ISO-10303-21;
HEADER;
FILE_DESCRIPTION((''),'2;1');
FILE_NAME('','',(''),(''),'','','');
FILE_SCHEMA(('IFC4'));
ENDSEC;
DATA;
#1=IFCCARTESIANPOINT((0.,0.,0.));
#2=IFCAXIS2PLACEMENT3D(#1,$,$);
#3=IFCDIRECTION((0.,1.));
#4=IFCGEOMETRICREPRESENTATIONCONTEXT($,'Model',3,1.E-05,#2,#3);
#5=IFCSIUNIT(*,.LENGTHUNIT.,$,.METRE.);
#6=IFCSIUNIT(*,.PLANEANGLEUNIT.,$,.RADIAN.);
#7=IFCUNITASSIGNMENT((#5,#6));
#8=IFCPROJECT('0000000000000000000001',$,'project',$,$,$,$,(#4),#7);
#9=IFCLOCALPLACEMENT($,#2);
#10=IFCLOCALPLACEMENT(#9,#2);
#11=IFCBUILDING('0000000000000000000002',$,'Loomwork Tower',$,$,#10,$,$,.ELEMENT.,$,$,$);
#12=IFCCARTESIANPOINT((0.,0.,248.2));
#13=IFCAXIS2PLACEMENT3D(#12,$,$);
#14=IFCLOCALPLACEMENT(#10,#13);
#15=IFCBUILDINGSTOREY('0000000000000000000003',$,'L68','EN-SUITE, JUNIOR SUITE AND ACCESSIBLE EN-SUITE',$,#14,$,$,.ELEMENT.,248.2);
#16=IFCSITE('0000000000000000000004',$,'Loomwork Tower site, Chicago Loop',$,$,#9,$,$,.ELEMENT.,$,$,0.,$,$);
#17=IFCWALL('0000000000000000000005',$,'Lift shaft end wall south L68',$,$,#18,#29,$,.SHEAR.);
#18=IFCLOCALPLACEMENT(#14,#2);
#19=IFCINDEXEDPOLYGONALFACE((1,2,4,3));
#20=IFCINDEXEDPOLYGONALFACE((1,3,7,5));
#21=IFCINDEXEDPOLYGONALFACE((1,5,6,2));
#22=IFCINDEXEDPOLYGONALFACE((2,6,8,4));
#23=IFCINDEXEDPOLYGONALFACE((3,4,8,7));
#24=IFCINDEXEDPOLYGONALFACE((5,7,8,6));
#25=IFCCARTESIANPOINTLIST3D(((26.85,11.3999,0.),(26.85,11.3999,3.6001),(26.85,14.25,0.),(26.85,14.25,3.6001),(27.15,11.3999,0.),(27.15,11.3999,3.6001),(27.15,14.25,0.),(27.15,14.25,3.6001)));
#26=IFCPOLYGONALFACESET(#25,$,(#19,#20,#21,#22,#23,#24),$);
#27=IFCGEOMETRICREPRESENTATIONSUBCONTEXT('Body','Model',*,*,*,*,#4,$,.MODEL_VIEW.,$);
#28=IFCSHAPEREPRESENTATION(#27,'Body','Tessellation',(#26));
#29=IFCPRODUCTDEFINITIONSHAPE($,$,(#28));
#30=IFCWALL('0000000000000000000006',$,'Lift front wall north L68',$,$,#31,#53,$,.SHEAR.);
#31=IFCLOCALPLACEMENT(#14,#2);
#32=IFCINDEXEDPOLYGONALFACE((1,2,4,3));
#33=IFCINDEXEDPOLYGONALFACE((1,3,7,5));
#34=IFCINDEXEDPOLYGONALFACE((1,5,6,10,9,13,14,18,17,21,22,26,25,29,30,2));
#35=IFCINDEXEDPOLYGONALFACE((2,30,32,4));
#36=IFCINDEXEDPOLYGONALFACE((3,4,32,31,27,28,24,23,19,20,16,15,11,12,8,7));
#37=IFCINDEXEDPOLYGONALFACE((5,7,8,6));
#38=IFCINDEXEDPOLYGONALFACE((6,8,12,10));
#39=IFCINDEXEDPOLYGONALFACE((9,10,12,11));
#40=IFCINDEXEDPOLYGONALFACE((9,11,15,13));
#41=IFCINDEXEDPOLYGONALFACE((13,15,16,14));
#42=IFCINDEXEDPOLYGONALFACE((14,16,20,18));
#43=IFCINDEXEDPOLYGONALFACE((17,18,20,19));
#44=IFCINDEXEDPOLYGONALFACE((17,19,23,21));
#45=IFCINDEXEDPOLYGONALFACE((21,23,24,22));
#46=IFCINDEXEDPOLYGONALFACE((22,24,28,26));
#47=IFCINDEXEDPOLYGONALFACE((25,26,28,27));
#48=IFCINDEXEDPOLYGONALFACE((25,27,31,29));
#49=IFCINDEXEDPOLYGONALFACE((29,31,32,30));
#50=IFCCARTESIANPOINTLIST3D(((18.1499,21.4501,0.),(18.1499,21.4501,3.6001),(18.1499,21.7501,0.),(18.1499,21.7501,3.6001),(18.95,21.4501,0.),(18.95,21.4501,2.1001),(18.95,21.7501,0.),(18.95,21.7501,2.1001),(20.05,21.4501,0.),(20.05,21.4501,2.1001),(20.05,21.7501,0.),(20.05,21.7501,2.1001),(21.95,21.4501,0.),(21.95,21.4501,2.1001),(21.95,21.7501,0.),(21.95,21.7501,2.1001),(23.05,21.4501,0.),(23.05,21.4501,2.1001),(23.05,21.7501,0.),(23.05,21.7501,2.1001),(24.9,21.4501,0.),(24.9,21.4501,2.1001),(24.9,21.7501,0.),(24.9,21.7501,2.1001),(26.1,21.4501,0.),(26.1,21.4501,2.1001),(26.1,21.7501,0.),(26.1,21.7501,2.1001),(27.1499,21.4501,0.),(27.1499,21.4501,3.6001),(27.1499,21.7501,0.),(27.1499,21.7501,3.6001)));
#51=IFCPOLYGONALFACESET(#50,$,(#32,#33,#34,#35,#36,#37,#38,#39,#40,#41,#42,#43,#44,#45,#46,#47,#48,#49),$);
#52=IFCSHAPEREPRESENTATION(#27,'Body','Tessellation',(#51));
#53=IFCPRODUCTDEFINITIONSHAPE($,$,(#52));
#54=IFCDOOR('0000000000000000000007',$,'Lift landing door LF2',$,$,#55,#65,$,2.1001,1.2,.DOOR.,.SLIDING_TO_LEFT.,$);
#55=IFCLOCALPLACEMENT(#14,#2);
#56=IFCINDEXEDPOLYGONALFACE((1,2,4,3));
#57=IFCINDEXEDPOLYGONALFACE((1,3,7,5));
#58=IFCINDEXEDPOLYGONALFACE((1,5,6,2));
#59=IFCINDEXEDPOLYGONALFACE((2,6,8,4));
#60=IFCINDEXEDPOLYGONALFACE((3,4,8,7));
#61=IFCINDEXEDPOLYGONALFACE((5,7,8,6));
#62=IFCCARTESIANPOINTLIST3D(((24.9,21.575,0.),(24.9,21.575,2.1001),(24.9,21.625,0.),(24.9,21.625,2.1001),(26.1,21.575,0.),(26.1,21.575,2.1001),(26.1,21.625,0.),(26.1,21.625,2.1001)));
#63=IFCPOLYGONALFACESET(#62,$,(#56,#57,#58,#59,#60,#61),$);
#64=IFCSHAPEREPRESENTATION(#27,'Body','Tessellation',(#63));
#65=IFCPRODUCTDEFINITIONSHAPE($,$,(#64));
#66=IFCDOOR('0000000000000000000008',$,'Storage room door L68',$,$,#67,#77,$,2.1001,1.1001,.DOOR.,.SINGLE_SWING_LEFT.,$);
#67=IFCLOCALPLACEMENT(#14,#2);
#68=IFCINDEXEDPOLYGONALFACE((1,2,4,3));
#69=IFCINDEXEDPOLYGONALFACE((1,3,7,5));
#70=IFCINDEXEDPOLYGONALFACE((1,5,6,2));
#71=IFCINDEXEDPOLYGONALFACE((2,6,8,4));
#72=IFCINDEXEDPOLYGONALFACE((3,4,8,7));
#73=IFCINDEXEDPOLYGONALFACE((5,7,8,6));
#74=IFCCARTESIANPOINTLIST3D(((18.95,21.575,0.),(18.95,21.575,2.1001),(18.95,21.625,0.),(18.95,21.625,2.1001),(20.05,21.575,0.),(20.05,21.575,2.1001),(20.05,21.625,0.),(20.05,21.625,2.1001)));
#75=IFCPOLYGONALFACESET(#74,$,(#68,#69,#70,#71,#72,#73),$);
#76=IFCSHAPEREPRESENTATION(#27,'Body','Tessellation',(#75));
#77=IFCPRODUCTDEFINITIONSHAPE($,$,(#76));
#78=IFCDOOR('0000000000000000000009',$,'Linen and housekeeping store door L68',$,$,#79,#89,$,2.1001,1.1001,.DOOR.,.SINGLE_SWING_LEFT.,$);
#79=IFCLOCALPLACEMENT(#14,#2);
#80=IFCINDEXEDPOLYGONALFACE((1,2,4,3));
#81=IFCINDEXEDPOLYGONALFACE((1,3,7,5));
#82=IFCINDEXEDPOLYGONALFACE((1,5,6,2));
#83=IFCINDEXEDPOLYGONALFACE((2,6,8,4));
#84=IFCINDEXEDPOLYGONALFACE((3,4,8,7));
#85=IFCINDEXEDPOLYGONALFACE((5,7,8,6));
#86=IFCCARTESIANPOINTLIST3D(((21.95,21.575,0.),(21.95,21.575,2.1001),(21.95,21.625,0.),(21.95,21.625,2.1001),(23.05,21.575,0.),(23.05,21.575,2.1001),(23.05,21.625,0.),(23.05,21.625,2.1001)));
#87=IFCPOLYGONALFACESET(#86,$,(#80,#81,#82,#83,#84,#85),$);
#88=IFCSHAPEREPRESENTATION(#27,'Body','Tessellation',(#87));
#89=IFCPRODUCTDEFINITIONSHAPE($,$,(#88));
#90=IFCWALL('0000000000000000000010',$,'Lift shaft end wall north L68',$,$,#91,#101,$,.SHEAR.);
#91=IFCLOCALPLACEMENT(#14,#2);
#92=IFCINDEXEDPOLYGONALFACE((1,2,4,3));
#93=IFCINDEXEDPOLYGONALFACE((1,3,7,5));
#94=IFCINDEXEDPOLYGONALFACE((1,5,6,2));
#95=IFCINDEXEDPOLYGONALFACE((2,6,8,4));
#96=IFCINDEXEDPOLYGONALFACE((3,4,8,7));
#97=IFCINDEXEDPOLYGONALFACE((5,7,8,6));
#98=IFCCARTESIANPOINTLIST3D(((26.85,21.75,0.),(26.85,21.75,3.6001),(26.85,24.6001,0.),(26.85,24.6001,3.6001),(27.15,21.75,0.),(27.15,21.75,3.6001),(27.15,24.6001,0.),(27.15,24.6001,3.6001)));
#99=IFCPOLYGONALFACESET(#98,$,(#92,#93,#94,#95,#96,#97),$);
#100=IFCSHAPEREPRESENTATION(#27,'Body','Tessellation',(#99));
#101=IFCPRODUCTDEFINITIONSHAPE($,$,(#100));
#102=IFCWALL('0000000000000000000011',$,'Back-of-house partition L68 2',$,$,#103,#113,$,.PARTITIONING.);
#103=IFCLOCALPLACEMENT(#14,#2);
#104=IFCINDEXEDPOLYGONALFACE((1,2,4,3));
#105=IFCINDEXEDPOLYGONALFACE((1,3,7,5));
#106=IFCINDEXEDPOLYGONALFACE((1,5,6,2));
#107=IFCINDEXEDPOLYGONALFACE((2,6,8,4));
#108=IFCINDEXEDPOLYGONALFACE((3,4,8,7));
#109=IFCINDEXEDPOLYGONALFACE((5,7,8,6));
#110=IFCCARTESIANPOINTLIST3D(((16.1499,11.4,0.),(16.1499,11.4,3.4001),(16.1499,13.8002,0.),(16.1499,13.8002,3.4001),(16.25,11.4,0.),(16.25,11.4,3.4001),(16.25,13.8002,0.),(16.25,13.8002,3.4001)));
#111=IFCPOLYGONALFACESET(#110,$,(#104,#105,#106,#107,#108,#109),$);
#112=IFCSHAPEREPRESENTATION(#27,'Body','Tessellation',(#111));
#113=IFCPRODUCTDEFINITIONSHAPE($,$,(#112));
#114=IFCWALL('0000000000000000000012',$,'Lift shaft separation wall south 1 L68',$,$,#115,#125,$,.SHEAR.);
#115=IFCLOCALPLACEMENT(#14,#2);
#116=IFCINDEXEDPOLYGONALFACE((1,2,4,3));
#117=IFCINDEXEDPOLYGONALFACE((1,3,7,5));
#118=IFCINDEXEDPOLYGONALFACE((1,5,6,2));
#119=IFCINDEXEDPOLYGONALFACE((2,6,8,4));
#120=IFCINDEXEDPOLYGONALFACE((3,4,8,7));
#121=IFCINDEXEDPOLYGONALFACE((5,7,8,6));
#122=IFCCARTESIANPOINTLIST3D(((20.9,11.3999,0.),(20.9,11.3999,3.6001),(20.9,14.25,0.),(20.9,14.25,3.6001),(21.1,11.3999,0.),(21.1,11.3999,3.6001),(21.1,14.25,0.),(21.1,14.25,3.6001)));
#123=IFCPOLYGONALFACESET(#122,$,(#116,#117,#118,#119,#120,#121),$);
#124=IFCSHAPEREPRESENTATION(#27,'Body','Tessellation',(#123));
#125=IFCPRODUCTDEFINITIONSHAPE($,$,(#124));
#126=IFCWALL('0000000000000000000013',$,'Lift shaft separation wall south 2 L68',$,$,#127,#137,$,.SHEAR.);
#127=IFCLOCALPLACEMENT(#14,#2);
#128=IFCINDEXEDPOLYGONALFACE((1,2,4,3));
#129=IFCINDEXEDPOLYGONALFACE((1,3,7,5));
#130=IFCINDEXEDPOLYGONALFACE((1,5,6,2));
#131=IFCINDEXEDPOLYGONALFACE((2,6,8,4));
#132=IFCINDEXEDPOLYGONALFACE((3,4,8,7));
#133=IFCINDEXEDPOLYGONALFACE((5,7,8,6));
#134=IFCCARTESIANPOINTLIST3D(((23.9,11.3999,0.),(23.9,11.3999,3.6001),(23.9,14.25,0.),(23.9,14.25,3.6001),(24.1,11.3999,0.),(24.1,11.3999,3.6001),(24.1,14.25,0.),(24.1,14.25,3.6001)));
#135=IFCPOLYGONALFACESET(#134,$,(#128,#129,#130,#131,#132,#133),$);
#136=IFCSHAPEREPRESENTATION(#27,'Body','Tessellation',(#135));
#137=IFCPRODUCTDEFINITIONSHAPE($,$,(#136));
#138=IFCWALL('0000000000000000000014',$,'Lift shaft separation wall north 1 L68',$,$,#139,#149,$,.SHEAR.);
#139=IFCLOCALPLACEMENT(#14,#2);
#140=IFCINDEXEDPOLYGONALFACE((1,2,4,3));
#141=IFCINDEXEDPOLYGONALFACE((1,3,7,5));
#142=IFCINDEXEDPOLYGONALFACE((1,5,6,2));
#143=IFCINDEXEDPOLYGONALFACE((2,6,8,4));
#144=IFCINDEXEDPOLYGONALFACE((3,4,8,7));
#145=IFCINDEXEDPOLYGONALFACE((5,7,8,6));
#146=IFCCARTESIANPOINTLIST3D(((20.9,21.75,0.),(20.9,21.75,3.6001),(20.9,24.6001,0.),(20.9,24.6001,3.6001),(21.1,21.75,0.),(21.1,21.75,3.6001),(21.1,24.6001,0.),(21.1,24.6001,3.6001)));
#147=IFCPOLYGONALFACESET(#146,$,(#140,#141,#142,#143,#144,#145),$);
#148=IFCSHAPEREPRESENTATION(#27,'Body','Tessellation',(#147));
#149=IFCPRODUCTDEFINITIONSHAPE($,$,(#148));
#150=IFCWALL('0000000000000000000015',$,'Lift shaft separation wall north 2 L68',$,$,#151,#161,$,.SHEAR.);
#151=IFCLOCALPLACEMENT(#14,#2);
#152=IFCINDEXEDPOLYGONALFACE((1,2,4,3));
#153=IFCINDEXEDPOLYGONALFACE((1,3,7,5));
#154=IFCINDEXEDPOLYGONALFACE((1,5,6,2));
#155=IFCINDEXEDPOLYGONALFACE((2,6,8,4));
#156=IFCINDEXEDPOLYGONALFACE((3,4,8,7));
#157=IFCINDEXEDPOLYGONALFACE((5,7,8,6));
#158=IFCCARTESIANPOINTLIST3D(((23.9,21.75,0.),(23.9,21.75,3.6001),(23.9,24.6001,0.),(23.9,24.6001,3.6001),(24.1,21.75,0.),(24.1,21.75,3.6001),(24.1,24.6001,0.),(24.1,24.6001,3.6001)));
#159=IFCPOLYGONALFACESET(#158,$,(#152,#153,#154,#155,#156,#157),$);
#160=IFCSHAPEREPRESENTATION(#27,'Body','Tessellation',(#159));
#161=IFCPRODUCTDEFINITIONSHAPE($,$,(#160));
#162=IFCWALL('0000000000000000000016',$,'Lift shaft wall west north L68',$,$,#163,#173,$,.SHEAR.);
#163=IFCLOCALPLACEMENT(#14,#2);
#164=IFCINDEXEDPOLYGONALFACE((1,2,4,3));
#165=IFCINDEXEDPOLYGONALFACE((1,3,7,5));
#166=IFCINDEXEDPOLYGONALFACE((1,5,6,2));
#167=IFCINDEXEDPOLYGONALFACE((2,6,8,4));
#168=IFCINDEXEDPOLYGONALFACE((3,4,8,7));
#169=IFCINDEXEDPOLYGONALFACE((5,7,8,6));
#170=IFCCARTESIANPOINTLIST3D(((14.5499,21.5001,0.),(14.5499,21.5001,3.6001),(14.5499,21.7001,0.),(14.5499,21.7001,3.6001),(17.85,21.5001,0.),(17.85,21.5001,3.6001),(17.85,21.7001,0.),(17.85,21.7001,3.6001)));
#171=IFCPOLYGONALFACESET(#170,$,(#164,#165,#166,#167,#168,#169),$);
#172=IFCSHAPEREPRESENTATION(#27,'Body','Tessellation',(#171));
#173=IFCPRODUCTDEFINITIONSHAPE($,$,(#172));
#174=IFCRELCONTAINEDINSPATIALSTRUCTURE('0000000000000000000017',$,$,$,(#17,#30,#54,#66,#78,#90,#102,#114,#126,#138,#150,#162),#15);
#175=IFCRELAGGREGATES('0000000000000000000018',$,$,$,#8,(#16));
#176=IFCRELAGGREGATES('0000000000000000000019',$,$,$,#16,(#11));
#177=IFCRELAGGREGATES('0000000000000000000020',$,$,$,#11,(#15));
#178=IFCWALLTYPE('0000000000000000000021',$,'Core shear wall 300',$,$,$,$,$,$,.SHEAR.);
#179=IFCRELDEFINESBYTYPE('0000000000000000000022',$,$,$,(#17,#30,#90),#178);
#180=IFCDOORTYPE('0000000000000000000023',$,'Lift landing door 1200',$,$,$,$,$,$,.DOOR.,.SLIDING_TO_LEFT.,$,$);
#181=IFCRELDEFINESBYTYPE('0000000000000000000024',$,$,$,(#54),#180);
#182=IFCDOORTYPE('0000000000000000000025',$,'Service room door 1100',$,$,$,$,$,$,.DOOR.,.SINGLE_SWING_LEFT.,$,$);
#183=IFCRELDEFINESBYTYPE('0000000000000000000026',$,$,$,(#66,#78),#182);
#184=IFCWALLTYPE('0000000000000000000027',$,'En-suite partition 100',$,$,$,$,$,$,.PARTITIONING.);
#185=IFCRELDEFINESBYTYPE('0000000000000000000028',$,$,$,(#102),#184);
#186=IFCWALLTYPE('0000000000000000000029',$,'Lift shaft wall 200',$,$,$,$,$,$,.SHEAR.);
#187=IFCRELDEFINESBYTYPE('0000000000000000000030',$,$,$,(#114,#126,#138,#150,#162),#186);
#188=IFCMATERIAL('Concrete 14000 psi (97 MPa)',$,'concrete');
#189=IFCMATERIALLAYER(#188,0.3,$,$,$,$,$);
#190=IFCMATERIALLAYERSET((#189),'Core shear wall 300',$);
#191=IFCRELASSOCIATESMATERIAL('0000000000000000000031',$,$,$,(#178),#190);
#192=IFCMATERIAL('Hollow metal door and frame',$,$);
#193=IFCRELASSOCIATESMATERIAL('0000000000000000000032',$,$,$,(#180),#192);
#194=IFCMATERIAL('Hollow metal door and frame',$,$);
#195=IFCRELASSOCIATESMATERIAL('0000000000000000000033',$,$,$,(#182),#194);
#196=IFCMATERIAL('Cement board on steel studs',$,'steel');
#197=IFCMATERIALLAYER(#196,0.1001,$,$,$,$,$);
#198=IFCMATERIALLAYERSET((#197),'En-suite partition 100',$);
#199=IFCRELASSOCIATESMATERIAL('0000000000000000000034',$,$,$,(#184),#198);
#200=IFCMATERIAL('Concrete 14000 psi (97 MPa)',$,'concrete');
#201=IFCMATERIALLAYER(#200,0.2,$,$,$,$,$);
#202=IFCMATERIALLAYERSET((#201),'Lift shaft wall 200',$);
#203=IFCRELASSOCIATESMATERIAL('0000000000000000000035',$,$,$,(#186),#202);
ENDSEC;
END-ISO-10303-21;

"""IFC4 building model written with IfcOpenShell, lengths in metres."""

from ifc_helpers import new_model, si_unit, direction, frame, frame_2d, origin, place, context, subcontext, project, spatial, rectangle, extrude, material, layer, layer_set, type_object, element, fill, save


model = new_model("IFC4")

# Units and contexts
model_context = context("Model", 3, precision=1e-05, world=origin(), true_north=direction((0.0, 1.0)))
body_context = subcontext(model_context, "Body", "Model", "MODEL_VIEW")
ifc_project = project(units=[si_unit("LENGTHUNIT", "METRE"), si_unit("PLANEANGLEUNIT", "RADIAN")], contexts=[model_context])

# Site, building, storey
site_placement = place(None, origin())
site = spatial("IfcSite", under=ifc_project, at=site_placement, Name="Loomwork Tower site, Chicago Loop", CompositionType="ELEMENT", RefElevation=0.0)
building_placement = place(site_placement, origin())
building = spatial("IfcBuilding", under=site, at=building_placement, Name="Loomwork Tower", CompositionType="ELEMENT")
storey_placement = place(building_placement, frame((0.0, 0.0, 248.2)))
storey = spatial("IfcBuildingStorey", under=building, at=storey_placement, Name="L68", Description="EN-SUITE, JUNIOR SUITE AND ACCESSIBLE EN-SUITE", CompositionType="ELEMENT", Elevation=248.2)

# Shared definitions
ifc_material_1 = material(Name="Concrete 14000 psi (97 MPa)", Category="concrete")
ifc_layer_1 = layer(ifc_material_1, 0.3)
ifc_layer_set_1 = layer_set([ifc_layer_1], Name="Core shear wall 300")
wall_type_1 = type_object("IfcWallType", Name="Core shear wall 300", PredefinedType="SHEAR", material=ifc_layer_set_1)
ifc_material_2 = material(Name="Hollow metal door and frame")
door_type_1 = type_object("IfcDoorType", Name="Lift landing door 1200", OperationType="SLIDING_TO_LEFT", PredefinedType="DOOR", material=ifc_material_2)
ifc_material_3 = material(Name="Hollow metal door and frame")
door_type_2 = type_object("IfcDoorType", Name="Service room door 1100", OperationType="SINGLE_SWING_LEFT", PredefinedType="DOOR", material=ifc_material_3)

# Wall
wall_1_placement = place(storey_placement, frame((27.0, 11.3999, 0.0), z_axis=(0.0, 0.0, 1.0), x_axis=(0.0, 1.0, 0.0)))
element("IfcWall", 1, at=wall_1_placement, inside=storey, type_object=wall_type_1, Name="Lift shaft end wall south L68", PredefinedType="SHEAR", context=body_context, shape_type="SweptSolid", body=[
    extrude(rectangle(XDim=2.8501, YDim=0.3, at=frame_2d((1.425, 0.0))), origin(), (0.0, 0.0, 1.0), 3.6001),
])

# Wall, openings, doors
wall_2_placement = place(storey_placement, frame((18.1499, 21.6001, 0.0), z_axis=(0.0, 0.0, 1.0), x_axis=(1.0, 0.0, 0.0)))
wall_2 = element("IfcWall", 2, at=wall_2_placement, inside=storey, type_object=wall_type_1, Name="Lift front wall north L68", PredefinedType="SHEAR", context=body_context, shape_type="SweptSolid", body=[
    extrude(rectangle(XDim=9.0, YDim=0.3, at=frame_2d((4.5, 0.0))), origin(), (0.0, 0.0, 1.0), 3.6001),
])
opening_1_placement = place(wall_2_placement, frame((6.75, 0.0, 0.0)))
opening_1 = element("IfcOpeningElement", 3, at=opening_1_placement, cuts=wall_2, PredefinedType="OPENING", context=body_context, shape_type="SweptSolid", body=[
    extrude(rectangle(XDim=1.2, YDim=2.1001, at=frame_2d((0.6001, 1.05))), frame((0.0, 0.1599, 0.0), z_axis=(0.0, -1.0, 0.0), x_axis=(1.0, 0.0, 0.0)), (0.0, 0.0, 1.0), 0.3201),
])
opening_2_placement = place(wall_2_placement, frame((0.8, 0.0, 0.0)))
opening_2 = element("IfcOpeningElement", 4, at=opening_2_placement, cuts=wall_2, PredefinedType="OPENING", context=body_context, shape_type="SweptSolid", body=[
    extrude(rectangle(XDim=1.1001, YDim=2.1001, at=frame_2d((0.55, 1.05))), frame((0.0, 0.1599, 0.0), z_axis=(0.0, -1.0, 0.0), x_axis=(1.0, 0.0, 0.0)), (0.0, 0.0, 1.0), 0.3201),
])
opening_3_placement = place(wall_2_placement, frame((3.8, 0.0, 0.0)))
opening_3 = element("IfcOpeningElement", 5, at=opening_3_placement, cuts=wall_2, PredefinedType="OPENING", context=body_context, shape_type="SweptSolid", body=[
    extrude(rectangle(XDim=1.1001, YDim=2.1001, at=frame_2d((0.55, 1.05))), frame((0.0, 0.1599, 0.0), z_axis=(0.0, -1.0, 0.0), x_axis=(1.0, 0.0, 0.0)), (0.0, 0.0, 1.0), 0.3201),
])
door_1_placement = place(opening_1_placement, origin())
door_1 = element("IfcDoor", 6, at=door_1_placement, inside=storey, type_object=door_type_1, Name="Lift landing door LF2", OperationType="SLIDING_TO_LEFT", OverallHeight=2.1001, OverallWidth=1.2, PredefinedType="DOOR", context=body_context, shape_type="SweptSolid", body=[
    extrude(rectangle(XDim=1.2, YDim=2.1001, at=frame_2d((0.6001, 1.05))), frame((0.0, 0.0249, 0.0), z_axis=(0.0, -1.0, 0.0), x_axis=(1.0, 0.0, 0.0)), (0.0, 0.0, 1.0), 0.05),
])
fill(opening_1, door_1)
door_2_placement = place(opening_2_placement, origin())
door_2 = element("IfcDoor", 7, at=door_2_placement, inside=storey, type_object=door_type_2, Name="Storage room door L68", OperationType="SINGLE_SWING_LEFT", OverallHeight=2.1001, OverallWidth=1.1001, PredefinedType="DOOR", context=body_context, shape_type="SweptSolid", body=[
    extrude(rectangle(XDim=1.1001, YDim=2.1001, at=frame_2d((0.55, 1.05))), frame((0.0, 0.0249, 0.0), z_axis=(0.0, -1.0, 0.0), x_axis=(1.0, 0.0, 0.0)), (0.0, 0.0, 1.0), 0.05),
])
fill(opening_2, door_2)
door_3_placement = place(opening_3_placement, origin())
door_3 = element("IfcDoor", 8, at=door_3_placement, inside=storey, type_object=door_type_2, Name="Linen and housekeeping store door L68", OperationType="SINGLE_SWING_LEFT", OverallHeight=2.1001, OverallWidth=1.1001, PredefinedType="DOOR", context=body_context, shape_type="SweptSolid", body=[
    extrude(rectangle(XDim=1.1001, YDim=2.1001, at=frame_2d((0.55, 1.05))), frame((0.0, 0.0249, 0.0), z_axis=(0.0, -1.0, 0.0), x_axis=(1.0, 0.0, 0.0)), (0.0, 0.0, 1.0), 0.05),
])
fill(opening_3, door_3)

# Walls
wall_3_placement = place(storey_placement, frame((27.0, 21.75, 0.0), z_axis=(0.0, 0.0, 1.0), x_axis=(0.0, 1.0, 0.0)))
element("IfcWall", 9, at=wall_3_placement, inside=storey, type_object=wall_type_1, Name="Lift shaft end wall north L68", PredefinedType="SHEAR", context=body_context, shape_type="SweptSolid", body=[
    extrude(rectangle(XDim=2.8501, YDim=0.3, at=frame_2d((1.425, 0.0))), origin(), (0.0, 0.0, 1.0), 3.6001),
])
ifc_material_4 = material(Name="Cement board on steel studs", Category="steel")
ifc_layer_2 = layer(ifc_material_4, 0.1001)
ifc_layer_set_2 = layer_set([ifc_layer_2], Name="En-suite partition 100")
wall_type_2 = type_object("IfcWallType", Name="En-suite partition 100", PredefinedType="PARTITIONING", material=ifc_layer_set_2)
wall_4_placement = place(storey_placement, frame((16.2, 11.3999, 0.0), z_axis=(0.0, 0.0, 1.0), x_axis=(0.0, 1.0, 0.0)))
element("IfcWall", 10, at=wall_4_placement, inside=storey, type_object=wall_type_2, Name="Back-of-house partition L68 2", PredefinedType="PARTITIONING", context=body_context, shape_type="SweptSolid", body=[
    extrude(rectangle(XDim=2.4001, YDim=0.1001, at=frame_2d((1.2002, 0.0))), origin(), (0.0, 0.0, 1.0), 3.4001),
])
ifc_material_5 = material(Name="Concrete 14000 psi (97 MPa)", Category="concrete")
ifc_layer_3 = layer(ifc_material_5, 0.2)
ifc_layer_set_3 = layer_set([ifc_layer_3], Name="Lift shaft wall 200")
wall_type_3 = type_object("IfcWallType", Name="Lift shaft wall 200", PredefinedType="SHEAR", material=ifc_layer_set_3)
for number, where, z_axis, x_axis, name in (
    (11, (21.0, 11.3999, 0.0), (0.0, 0.0, 1.0), (0.0, 1.0, 0.0), "Lift shaft separation wall south 1 L68"),
    (12, (24.0, 11.3999, 0.0), (0.0, 0.0, 1.0), (0.0, 1.0, 0.0), "Lift shaft separation wall south 2 L68"),
    (13, (21.0, 21.75, 0.0), (0.0, 0.0, 1.0), (0.0, 1.0, 0.0), "Lift shaft separation wall north 1 L68"),
    (14, (24.0, 21.75, 0.0), (0.0, 0.0, 1.0), (0.0, 1.0, 0.0), "Lift shaft separation wall north 2 L68"),
):
    element("IfcWall", number, at=place(storey_placement, frame(where, z_axis=z_axis, x_axis=x_axis)), inside=storey, type_object=wall_type_3, Name=name, PredefinedType="SHEAR", context=body_context, shape_type="SweptSolid", body=[
        extrude(rectangle(XDim=2.8501, YDim=0.2, at=frame_2d((1.425, 0.0))), origin(), (0.0, 0.0, 1.0), 3.6001),
    ])
wall_5_placement = place(storey_placement, frame((14.55, 21.6001, 0.0), z_axis=(0.0, 0.0, 1.0), x_axis=(1.0, 0.0, 0.0)))
element("IfcWall", 15, at=wall_5_placement, inside=storey, type_object=wall_type_3, Name="Lift shaft wall west north L68", PredefinedType="SHEAR", context=body_context, shape_type="SweptSolid", body=[
    extrude(rectangle(XDim=3.3, YDim=0.2, at=frame_2d((1.6499, 0.0))), origin(), (0.0, 0.0, 1.0), 3.6001),
])

save(model, "model.ifc")
